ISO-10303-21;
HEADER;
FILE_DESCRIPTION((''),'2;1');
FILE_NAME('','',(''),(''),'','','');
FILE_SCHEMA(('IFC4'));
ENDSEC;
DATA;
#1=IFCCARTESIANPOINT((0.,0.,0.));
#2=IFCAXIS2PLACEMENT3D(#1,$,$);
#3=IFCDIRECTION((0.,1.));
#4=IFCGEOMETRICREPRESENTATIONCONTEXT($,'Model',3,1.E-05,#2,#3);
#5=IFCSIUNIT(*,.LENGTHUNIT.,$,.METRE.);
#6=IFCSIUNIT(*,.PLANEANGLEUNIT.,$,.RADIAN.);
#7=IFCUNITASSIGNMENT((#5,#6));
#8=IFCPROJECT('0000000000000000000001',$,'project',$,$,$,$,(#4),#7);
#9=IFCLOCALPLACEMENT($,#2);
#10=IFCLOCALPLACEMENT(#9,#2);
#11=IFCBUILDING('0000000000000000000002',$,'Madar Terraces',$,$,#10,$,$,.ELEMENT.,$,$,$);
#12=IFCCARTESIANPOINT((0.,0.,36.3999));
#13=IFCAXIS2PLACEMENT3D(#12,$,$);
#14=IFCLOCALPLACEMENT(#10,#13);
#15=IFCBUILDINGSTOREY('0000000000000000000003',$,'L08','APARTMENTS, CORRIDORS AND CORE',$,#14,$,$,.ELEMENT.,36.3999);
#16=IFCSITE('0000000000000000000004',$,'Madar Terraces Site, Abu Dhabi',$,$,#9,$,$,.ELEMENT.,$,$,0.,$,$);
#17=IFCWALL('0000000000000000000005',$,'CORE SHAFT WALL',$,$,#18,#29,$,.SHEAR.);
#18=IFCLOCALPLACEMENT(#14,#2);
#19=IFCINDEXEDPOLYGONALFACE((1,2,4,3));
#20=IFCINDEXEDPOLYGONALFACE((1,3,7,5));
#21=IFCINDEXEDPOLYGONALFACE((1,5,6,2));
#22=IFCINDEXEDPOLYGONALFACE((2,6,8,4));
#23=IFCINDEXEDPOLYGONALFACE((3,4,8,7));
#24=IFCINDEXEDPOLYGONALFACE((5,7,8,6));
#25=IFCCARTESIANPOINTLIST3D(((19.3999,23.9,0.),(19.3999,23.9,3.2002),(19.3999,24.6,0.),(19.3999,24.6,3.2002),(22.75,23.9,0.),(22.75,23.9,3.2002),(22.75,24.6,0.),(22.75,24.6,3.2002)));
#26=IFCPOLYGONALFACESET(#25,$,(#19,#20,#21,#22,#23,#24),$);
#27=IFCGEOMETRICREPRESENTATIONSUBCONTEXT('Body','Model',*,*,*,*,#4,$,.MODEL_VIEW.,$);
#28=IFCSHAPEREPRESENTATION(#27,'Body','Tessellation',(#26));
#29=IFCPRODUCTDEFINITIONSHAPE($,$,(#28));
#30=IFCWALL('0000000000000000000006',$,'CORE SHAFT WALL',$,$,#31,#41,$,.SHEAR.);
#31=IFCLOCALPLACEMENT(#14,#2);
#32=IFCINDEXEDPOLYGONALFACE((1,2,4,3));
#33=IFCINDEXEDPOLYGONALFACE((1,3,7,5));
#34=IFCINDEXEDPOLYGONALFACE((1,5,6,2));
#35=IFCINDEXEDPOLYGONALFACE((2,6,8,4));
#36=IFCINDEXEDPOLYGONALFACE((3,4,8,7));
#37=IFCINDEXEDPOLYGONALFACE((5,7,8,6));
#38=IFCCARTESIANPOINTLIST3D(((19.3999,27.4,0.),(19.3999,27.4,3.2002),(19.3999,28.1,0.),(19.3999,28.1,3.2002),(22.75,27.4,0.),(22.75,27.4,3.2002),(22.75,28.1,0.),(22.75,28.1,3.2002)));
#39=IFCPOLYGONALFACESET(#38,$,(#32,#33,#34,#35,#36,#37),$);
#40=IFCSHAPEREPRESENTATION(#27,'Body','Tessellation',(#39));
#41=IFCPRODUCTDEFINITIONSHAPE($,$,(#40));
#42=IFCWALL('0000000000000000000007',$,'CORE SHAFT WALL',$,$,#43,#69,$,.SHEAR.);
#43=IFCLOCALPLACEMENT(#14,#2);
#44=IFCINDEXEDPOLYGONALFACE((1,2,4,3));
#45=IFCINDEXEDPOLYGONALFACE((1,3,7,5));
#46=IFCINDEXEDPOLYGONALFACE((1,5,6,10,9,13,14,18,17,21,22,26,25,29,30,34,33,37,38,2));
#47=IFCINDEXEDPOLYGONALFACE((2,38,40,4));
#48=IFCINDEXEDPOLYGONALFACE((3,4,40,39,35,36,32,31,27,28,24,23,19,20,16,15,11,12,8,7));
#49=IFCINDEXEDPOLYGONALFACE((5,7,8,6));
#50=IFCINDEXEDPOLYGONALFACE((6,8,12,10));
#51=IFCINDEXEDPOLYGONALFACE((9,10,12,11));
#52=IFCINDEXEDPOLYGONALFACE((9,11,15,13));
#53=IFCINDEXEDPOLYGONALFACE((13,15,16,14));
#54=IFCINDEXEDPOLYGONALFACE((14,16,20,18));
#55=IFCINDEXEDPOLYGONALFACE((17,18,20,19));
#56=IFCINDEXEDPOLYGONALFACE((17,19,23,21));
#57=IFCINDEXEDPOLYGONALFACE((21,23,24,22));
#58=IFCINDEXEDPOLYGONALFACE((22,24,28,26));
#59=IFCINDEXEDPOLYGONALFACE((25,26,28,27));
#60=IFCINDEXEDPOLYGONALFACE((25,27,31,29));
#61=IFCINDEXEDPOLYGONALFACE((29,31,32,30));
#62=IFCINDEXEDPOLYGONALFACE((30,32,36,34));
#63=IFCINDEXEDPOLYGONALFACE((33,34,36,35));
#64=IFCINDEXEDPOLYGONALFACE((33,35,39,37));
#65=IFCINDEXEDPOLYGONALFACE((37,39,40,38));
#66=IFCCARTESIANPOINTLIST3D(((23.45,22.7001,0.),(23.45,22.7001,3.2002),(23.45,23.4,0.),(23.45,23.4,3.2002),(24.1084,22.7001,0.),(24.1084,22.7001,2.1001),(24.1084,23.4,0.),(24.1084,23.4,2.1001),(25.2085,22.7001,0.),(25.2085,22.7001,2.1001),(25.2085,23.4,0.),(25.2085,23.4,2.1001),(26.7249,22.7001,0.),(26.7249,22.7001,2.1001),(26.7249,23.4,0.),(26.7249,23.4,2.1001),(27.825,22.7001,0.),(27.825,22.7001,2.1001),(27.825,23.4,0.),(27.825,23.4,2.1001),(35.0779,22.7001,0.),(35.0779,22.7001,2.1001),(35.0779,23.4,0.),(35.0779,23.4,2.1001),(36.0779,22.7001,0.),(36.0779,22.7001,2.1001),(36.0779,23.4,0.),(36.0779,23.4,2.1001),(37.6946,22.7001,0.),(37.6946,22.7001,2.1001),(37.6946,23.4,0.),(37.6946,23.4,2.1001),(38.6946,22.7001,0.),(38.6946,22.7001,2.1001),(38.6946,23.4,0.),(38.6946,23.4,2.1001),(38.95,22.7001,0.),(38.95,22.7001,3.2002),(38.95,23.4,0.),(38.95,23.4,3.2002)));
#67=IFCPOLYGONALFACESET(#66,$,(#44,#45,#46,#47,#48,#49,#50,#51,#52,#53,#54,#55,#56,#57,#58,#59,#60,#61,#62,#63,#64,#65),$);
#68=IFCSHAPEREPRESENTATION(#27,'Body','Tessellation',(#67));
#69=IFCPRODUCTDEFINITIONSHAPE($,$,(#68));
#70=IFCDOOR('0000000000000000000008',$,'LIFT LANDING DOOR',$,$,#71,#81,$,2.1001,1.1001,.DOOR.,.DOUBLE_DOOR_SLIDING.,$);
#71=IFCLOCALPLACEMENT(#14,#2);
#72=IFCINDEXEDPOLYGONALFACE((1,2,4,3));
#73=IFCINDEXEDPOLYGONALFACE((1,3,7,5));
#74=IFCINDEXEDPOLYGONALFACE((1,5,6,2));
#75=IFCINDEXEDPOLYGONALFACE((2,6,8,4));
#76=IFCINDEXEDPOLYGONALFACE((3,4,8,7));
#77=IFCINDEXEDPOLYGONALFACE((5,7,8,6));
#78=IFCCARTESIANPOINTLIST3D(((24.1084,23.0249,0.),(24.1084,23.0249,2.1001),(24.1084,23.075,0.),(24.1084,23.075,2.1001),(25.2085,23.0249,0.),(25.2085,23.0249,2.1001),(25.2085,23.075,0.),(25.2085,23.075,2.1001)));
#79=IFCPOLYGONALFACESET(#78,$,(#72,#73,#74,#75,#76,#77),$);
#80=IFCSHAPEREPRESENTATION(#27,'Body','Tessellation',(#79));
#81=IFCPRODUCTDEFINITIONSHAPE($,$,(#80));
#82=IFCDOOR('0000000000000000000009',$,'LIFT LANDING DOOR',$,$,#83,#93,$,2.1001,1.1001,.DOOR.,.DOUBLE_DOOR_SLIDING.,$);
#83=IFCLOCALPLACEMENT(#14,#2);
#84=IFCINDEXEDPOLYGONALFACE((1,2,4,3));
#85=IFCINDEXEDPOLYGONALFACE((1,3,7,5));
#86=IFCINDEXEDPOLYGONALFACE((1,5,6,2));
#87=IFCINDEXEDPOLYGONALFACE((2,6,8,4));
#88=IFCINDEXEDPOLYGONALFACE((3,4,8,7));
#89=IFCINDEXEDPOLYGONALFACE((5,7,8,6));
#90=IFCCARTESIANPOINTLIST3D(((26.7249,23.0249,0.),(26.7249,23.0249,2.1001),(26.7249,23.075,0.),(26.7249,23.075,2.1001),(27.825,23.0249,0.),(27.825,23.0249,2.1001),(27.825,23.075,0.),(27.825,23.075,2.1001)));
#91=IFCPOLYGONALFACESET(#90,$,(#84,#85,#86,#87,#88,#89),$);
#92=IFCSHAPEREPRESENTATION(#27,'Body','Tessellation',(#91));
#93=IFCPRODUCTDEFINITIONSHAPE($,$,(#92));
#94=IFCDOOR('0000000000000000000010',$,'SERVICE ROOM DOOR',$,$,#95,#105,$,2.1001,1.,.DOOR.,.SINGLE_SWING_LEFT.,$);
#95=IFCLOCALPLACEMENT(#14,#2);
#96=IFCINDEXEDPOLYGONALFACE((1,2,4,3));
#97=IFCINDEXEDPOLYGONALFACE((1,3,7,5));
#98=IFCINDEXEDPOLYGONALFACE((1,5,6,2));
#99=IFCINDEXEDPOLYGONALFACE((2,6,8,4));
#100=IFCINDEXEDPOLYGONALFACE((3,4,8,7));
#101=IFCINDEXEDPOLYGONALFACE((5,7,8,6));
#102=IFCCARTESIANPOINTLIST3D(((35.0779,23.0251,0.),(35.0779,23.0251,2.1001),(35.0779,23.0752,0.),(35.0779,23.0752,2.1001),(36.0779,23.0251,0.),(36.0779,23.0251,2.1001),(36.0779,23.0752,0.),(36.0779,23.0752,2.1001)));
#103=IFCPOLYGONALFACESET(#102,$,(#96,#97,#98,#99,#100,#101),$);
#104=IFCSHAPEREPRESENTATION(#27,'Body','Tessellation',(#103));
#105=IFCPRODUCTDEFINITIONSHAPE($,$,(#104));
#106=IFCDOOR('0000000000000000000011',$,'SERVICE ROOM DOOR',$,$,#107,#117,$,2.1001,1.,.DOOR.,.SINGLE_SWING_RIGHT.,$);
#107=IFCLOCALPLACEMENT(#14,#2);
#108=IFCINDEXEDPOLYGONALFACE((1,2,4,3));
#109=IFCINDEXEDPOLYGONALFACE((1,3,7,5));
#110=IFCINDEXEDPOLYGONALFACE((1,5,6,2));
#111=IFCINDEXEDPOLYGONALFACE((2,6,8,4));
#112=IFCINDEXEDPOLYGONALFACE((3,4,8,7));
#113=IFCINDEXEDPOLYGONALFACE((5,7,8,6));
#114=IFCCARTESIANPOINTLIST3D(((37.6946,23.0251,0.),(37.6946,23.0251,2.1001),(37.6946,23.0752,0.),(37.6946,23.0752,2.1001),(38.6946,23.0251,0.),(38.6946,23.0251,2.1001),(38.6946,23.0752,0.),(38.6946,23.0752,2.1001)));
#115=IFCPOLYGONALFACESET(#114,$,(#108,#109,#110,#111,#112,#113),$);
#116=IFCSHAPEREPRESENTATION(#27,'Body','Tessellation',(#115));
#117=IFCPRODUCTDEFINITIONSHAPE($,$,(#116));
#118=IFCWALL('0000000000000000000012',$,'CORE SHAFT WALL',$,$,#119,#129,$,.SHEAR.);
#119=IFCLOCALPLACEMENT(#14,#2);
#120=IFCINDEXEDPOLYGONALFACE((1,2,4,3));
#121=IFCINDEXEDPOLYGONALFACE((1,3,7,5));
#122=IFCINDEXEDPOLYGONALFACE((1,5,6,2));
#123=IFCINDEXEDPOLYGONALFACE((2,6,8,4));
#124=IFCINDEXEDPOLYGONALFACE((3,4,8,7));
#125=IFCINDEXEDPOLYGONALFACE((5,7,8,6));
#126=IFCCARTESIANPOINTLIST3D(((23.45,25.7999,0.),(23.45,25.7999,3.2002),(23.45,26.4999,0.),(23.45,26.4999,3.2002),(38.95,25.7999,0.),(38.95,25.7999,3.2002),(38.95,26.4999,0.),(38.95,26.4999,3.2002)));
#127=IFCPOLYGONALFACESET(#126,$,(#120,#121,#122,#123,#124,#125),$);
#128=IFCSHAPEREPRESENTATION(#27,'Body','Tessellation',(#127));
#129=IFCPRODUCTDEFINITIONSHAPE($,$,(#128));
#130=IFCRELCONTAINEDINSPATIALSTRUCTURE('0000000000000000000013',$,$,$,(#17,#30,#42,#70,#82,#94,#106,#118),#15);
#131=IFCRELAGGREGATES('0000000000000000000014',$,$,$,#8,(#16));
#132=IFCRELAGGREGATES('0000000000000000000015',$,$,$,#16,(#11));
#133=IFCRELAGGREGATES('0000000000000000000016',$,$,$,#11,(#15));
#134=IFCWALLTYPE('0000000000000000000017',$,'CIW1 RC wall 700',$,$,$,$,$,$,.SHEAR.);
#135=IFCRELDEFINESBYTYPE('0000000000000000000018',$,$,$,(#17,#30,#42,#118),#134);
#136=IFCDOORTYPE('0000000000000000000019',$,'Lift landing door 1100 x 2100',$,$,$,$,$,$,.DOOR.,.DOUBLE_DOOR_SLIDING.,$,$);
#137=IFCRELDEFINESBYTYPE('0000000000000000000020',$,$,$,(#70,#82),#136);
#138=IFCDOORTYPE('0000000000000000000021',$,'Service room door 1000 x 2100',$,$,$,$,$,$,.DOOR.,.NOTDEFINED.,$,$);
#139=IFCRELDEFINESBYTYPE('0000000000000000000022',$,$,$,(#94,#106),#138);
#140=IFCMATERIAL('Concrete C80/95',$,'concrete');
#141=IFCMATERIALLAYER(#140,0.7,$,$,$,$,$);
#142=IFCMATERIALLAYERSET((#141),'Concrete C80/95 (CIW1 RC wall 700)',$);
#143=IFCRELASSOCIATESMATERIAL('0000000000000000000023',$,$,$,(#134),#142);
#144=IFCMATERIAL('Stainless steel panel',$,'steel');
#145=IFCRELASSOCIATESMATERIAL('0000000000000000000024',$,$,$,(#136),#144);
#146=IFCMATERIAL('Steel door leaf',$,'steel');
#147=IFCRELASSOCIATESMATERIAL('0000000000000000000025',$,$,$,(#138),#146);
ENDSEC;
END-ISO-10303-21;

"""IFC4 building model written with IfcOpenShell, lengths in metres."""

from ifc_helpers import new_model, si_unit, direction, frame, frame_2d, origin, place, context, subcontext, project, spatial, rectangle, extrude, material, layer, layer_set, type_object, element, fill, save


model = new_model("IFC4")

# Units and contexts
model_context = context("Model", 3, precision=1e-05, world=origin(), true_north=direction((0.0, 1.0)))
body_context = subcontext(model_context, "Body", "Model", "MODEL_VIEW")
ifc_project = project(units=[si_unit("LENGTHUNIT", "METRE"), si_unit("PLANEANGLEUNIT", "RADIAN")], contexts=[model_context])

# Site, building, storey
site_placement = place(None, origin())
site = spatial("IfcSite", under=ifc_project, at=site_placement, Name="Madar Terraces Site, Abu Dhabi", CompositionType="ELEMENT", RefElevation=0.0)
building_placement = place(site_placement, origin())
building = spatial("IfcBuilding", under=site, at=building_placement, Name="Madar Terraces", CompositionType="ELEMENT")
storey_placement = place(building_placement, frame((0.0, 0.0, 36.3999)))
storey = spatial("IfcBuildingStorey", under=building, at=storey_placement, Name="L08", Description="APARTMENTS, CORRIDORS AND CORE", CompositionType="ELEMENT", Elevation=36.3999)

# Walls
ifc_material_1 = material(Name="Concrete C80/95", Category="concrete")
ifc_layer_1 = layer(ifc_material_1, 0.7)
ifc_layer_set_1 = layer_set([ifc_layer_1], Name="Concrete C80/95 (CIW1 RC wall 700)")
wall_type_1 = type_object("IfcWallType", Name="CIW1 RC wall 700", PredefinedType="SHEAR", material=ifc_layer_set_1)
for number, where, z_axis, x_axis, name in (
    (1, (19.3999, 24.25, 0.0), (0.0, 0.0, 1.0), (1.0, 0.0, 0.0), "CORE SHAFT WALL"),
    (2, (19.3999, 27.75, 0.0), (0.0, 0.0, 1.0), (1.0, 0.0, 0.0), "CORE SHAFT WALL"),
):
    element("IfcWall", number, at=place(storey_placement, frame(where, z_axis=z_axis, x_axis=x_axis)), inside=storey, type_object=wall_type_1, Name=name, PredefinedType="SHEAR", context=body_context, shape_type="SweptSolid", body=[
        extrude(rectangle(XDim=3.3501, YDim=0.7, at=frame_2d((1.675, 0.0))), origin(), (0.0, 0.0, 1.0), 3.2002),
    ])

# Wall, openings, doors
wall_1_placement = place(storey_placement, frame((23.45, 23.05, 0.0), z_axis=(0.0, 0.0, 1.0), x_axis=(1.0, 0.0, 0.0)))
wall_1 = element("IfcWall", 3, at=wall_1_placement, inside=storey, type_object=wall_type_1, Name="CORE SHAFT WALL", PredefinedType="SHEAR", context=body_context, shape_type="SweptSolid", body=[
    extrude(rectangle(XDim=15.5, YDim=0.7, at=frame_2d((7.75, 0.0))), origin(), (0.0, 0.0, 1.0), 3.2002),
])
opening_1_placement = place(wall_1_placement, frame((0.6584, 0.0, 0.0)))
opening_1 = element("IfcOpeningElement", 4, at=opening_1_placement, cuts=wall_1, PredefinedType="OPENING", context=body_context, shape_type="SweptSolid", body=[
    extrude(rectangle(XDim=1.1001, YDim=2.1001, at=frame_2d((0.55, 1.05))), frame((0.0, 0.3599, 0.0), z_axis=(0.0, -1.0, 0.0), x_axis=(1.0, 0.0, 0.0)), (0.0, 0.0, 1.0), 0.72),
])
opening_2_placement = place(wall_1_placement, frame((3.2749, 0.0, 0.0)))
opening_2 = element("IfcOpeningElement", 5, at=opening_2_placement, cuts=wall_1, PredefinedType="OPENING", context=body_context, shape_type="SweptSolid", body=[
    extrude(rectangle(XDim=1.1001, YDim=2.1001, at=frame_2d((0.55, 1.05))), frame((0.0, 0.3599, 0.0), z_axis=(0.0, -1.0, 0.0), x_axis=(1.0, 0.0, 0.0)), (0.0, 0.0, 1.0), 0.72),
])
opening_3_placement = place(wall_1_placement, frame((11.6279, 0.0, 0.0)))
opening_3 = element("IfcOpeningElement", 6, at=opening_3_placement, cuts=wall_1, PredefinedType="OPENING", context=body_context, shape_type="SweptSolid", body=[
    extrude(rectangle(XDim=1.0, YDim=2.1001, at=frame_2d((0.5, 1.05))), frame((0.0, 0.3599, 0.0), z_axis=(0.0, -1.0, 0.0), x_axis=(1.0, 0.0, 0.0)), (0.0, 0.0, 1.0), 0.72),
])
opening_4_placement = place(wall_1_placement, frame((14.2446, 0.0, 0.0)))
opening_4 = element("IfcOpeningElement", 7, at=opening_4_placement, cuts=wall_1, PredefinedType="OPENING", context=body_context, shape_type="SweptSolid", body=[
    extrude(rectangle(XDim=1.0, YDim=2.1001, at=frame_2d((0.5, 1.05))), frame((0.0, 0.3599, 0.0), z_axis=(0.0, -1.0, 0.0), x_axis=(1.0, 0.0, 0.0)), (0.0, 0.0, 1.0), 0.72),
])
ifc_material_2 = material(Name="Stainless steel panel", Category="steel")
door_type_1 = type_object("IfcDoorType", Name="Lift landing door 1100 x 2100", OperationType="DOUBLE_DOOR_SLIDING", PredefinedType="DOOR", material=ifc_material_2)
door_1_placement = place(opening_1_placement, origin())
door_1 = element("IfcDoor", 8, at=door_1_placement, inside=storey, type_object=door_type_1, Name="LIFT LANDING DOOR", OperationType="DOUBLE_DOOR_SLIDING", OverallHeight=2.1001, OverallWidth=1.1001, PredefinedType="DOOR", context=body_context, shape_type="SweptSolid", body=[
    extrude(rectangle(XDim=1.1001, YDim=2.1001, at=frame_2d((0.55, 1.05))), frame((0.0, 0.0249, 0.0), z_axis=(0.0, -1.0, 0.0), x_axis=(1.0, 0.0, 0.0)), (0.0, 0.0, 1.0), 0.05),
])
fill(opening_1, door_1)
door_2_placement = place(opening_2_placement, origin())
door_2 = element("IfcDoor", 9, at=door_2_placement, inside=storey, type_object=door_type_1, Name="LIFT LANDING DOOR", OperationType="DOUBLE_DOOR_SLIDING", OverallHeight=2.1001, OverallWidth=1.1001, PredefinedType="DOOR", context=body_context, shape_type="SweptSolid", body=[
    extrude(rectangle(XDim=1.1001, YDim=2.1001, at=frame_2d((0.55, 1.05))), frame((0.0, 0.0249, 0.0), z_axis=(0.0, -1.0, 0.0), x_axis=(1.0, 0.0, 0.0)), (0.0, 0.0, 1.0), 0.05),
])
fill(opening_2, door_2)
ifc_material_3 = material(Name="Steel door leaf", Category="steel")
door_type_2 = type_object("IfcDoorType", Name="Service room door 1000 x 2100", OperationType="NOTDEFINED", PredefinedType="DOOR", material=ifc_material_3)
door_3_placement = place(opening_3_placement, frame((1.0, 0.0, 0.0), z_axis=(0.0, 0.0, 1.0), x_axis=(-1.0, 0.0, 0.0)))
door_3 = element("IfcDoor", 10, at=door_3_placement, inside=storey, type_object=door_type_2, Name="SERVICE ROOM DOOR", OperationType="SINGLE_SWING_LEFT", OverallHeight=2.1001, OverallWidth=1.0, PredefinedType="DOOR", context=body_context, shape_type="SweptSolid", body=[
    extrude(rectangle(XDim=1.0, YDim=2.1001, at=frame_2d((0.5, 1.05))), frame((0.0, 0.0249, 0.0), z_axis=(0.0, -1.0, 0.0), x_axis=(1.0, 0.0, 0.0)), (0.0, 0.0, 1.0), 0.05),
])
fill(opening_3, door_3)
door_4_placement = place(opening_4_placement, frame((1.0, 0.0, 0.0), z_axis=(0.0, 0.0, 1.0), x_axis=(-1.0, 0.0, 0.0)))
door_4 = element("IfcDoor", 11, at=door_4_placement, inside=storey, type_object=door_type_2, Name="SERVICE ROOM DOOR", OperationType="SINGLE_SWING_RIGHT", OverallHeight=2.1001, OverallWidth=1.0, PredefinedType="DOOR", context=body_context, shape_type="SweptSolid", body=[
    extrude(rectangle(XDim=1.0, YDim=2.1001, at=frame_2d((0.5, 1.05))), frame((0.0, 0.0249, 0.0), z_axis=(0.0, -1.0, 0.0), x_axis=(1.0, 0.0, 0.0)), (0.0, 0.0, 1.0), 0.05),
])
fill(opening_4, door_4)

# Wall
wall_2_placement = place(storey_placement, frame((23.45, 26.1499, 0.0), z_axis=(0.0, 0.0, 1.0), x_axis=(1.0, 0.0, 0.0)))
element("IfcWall", 12, at=wall_2_placement, inside=storey, type_object=wall_type_1, Name="CORE SHAFT WALL", PredefinedType="SHEAR", context=body_context, shape_type="SweptSolid", body=[
    extrude(rectangle(XDim=15.5, YDim=0.7, at=frame_2d((7.75, 0.0))), origin(), (0.0, 0.0, 1.0), 3.2002),
])

save(model, "model.ifc")
